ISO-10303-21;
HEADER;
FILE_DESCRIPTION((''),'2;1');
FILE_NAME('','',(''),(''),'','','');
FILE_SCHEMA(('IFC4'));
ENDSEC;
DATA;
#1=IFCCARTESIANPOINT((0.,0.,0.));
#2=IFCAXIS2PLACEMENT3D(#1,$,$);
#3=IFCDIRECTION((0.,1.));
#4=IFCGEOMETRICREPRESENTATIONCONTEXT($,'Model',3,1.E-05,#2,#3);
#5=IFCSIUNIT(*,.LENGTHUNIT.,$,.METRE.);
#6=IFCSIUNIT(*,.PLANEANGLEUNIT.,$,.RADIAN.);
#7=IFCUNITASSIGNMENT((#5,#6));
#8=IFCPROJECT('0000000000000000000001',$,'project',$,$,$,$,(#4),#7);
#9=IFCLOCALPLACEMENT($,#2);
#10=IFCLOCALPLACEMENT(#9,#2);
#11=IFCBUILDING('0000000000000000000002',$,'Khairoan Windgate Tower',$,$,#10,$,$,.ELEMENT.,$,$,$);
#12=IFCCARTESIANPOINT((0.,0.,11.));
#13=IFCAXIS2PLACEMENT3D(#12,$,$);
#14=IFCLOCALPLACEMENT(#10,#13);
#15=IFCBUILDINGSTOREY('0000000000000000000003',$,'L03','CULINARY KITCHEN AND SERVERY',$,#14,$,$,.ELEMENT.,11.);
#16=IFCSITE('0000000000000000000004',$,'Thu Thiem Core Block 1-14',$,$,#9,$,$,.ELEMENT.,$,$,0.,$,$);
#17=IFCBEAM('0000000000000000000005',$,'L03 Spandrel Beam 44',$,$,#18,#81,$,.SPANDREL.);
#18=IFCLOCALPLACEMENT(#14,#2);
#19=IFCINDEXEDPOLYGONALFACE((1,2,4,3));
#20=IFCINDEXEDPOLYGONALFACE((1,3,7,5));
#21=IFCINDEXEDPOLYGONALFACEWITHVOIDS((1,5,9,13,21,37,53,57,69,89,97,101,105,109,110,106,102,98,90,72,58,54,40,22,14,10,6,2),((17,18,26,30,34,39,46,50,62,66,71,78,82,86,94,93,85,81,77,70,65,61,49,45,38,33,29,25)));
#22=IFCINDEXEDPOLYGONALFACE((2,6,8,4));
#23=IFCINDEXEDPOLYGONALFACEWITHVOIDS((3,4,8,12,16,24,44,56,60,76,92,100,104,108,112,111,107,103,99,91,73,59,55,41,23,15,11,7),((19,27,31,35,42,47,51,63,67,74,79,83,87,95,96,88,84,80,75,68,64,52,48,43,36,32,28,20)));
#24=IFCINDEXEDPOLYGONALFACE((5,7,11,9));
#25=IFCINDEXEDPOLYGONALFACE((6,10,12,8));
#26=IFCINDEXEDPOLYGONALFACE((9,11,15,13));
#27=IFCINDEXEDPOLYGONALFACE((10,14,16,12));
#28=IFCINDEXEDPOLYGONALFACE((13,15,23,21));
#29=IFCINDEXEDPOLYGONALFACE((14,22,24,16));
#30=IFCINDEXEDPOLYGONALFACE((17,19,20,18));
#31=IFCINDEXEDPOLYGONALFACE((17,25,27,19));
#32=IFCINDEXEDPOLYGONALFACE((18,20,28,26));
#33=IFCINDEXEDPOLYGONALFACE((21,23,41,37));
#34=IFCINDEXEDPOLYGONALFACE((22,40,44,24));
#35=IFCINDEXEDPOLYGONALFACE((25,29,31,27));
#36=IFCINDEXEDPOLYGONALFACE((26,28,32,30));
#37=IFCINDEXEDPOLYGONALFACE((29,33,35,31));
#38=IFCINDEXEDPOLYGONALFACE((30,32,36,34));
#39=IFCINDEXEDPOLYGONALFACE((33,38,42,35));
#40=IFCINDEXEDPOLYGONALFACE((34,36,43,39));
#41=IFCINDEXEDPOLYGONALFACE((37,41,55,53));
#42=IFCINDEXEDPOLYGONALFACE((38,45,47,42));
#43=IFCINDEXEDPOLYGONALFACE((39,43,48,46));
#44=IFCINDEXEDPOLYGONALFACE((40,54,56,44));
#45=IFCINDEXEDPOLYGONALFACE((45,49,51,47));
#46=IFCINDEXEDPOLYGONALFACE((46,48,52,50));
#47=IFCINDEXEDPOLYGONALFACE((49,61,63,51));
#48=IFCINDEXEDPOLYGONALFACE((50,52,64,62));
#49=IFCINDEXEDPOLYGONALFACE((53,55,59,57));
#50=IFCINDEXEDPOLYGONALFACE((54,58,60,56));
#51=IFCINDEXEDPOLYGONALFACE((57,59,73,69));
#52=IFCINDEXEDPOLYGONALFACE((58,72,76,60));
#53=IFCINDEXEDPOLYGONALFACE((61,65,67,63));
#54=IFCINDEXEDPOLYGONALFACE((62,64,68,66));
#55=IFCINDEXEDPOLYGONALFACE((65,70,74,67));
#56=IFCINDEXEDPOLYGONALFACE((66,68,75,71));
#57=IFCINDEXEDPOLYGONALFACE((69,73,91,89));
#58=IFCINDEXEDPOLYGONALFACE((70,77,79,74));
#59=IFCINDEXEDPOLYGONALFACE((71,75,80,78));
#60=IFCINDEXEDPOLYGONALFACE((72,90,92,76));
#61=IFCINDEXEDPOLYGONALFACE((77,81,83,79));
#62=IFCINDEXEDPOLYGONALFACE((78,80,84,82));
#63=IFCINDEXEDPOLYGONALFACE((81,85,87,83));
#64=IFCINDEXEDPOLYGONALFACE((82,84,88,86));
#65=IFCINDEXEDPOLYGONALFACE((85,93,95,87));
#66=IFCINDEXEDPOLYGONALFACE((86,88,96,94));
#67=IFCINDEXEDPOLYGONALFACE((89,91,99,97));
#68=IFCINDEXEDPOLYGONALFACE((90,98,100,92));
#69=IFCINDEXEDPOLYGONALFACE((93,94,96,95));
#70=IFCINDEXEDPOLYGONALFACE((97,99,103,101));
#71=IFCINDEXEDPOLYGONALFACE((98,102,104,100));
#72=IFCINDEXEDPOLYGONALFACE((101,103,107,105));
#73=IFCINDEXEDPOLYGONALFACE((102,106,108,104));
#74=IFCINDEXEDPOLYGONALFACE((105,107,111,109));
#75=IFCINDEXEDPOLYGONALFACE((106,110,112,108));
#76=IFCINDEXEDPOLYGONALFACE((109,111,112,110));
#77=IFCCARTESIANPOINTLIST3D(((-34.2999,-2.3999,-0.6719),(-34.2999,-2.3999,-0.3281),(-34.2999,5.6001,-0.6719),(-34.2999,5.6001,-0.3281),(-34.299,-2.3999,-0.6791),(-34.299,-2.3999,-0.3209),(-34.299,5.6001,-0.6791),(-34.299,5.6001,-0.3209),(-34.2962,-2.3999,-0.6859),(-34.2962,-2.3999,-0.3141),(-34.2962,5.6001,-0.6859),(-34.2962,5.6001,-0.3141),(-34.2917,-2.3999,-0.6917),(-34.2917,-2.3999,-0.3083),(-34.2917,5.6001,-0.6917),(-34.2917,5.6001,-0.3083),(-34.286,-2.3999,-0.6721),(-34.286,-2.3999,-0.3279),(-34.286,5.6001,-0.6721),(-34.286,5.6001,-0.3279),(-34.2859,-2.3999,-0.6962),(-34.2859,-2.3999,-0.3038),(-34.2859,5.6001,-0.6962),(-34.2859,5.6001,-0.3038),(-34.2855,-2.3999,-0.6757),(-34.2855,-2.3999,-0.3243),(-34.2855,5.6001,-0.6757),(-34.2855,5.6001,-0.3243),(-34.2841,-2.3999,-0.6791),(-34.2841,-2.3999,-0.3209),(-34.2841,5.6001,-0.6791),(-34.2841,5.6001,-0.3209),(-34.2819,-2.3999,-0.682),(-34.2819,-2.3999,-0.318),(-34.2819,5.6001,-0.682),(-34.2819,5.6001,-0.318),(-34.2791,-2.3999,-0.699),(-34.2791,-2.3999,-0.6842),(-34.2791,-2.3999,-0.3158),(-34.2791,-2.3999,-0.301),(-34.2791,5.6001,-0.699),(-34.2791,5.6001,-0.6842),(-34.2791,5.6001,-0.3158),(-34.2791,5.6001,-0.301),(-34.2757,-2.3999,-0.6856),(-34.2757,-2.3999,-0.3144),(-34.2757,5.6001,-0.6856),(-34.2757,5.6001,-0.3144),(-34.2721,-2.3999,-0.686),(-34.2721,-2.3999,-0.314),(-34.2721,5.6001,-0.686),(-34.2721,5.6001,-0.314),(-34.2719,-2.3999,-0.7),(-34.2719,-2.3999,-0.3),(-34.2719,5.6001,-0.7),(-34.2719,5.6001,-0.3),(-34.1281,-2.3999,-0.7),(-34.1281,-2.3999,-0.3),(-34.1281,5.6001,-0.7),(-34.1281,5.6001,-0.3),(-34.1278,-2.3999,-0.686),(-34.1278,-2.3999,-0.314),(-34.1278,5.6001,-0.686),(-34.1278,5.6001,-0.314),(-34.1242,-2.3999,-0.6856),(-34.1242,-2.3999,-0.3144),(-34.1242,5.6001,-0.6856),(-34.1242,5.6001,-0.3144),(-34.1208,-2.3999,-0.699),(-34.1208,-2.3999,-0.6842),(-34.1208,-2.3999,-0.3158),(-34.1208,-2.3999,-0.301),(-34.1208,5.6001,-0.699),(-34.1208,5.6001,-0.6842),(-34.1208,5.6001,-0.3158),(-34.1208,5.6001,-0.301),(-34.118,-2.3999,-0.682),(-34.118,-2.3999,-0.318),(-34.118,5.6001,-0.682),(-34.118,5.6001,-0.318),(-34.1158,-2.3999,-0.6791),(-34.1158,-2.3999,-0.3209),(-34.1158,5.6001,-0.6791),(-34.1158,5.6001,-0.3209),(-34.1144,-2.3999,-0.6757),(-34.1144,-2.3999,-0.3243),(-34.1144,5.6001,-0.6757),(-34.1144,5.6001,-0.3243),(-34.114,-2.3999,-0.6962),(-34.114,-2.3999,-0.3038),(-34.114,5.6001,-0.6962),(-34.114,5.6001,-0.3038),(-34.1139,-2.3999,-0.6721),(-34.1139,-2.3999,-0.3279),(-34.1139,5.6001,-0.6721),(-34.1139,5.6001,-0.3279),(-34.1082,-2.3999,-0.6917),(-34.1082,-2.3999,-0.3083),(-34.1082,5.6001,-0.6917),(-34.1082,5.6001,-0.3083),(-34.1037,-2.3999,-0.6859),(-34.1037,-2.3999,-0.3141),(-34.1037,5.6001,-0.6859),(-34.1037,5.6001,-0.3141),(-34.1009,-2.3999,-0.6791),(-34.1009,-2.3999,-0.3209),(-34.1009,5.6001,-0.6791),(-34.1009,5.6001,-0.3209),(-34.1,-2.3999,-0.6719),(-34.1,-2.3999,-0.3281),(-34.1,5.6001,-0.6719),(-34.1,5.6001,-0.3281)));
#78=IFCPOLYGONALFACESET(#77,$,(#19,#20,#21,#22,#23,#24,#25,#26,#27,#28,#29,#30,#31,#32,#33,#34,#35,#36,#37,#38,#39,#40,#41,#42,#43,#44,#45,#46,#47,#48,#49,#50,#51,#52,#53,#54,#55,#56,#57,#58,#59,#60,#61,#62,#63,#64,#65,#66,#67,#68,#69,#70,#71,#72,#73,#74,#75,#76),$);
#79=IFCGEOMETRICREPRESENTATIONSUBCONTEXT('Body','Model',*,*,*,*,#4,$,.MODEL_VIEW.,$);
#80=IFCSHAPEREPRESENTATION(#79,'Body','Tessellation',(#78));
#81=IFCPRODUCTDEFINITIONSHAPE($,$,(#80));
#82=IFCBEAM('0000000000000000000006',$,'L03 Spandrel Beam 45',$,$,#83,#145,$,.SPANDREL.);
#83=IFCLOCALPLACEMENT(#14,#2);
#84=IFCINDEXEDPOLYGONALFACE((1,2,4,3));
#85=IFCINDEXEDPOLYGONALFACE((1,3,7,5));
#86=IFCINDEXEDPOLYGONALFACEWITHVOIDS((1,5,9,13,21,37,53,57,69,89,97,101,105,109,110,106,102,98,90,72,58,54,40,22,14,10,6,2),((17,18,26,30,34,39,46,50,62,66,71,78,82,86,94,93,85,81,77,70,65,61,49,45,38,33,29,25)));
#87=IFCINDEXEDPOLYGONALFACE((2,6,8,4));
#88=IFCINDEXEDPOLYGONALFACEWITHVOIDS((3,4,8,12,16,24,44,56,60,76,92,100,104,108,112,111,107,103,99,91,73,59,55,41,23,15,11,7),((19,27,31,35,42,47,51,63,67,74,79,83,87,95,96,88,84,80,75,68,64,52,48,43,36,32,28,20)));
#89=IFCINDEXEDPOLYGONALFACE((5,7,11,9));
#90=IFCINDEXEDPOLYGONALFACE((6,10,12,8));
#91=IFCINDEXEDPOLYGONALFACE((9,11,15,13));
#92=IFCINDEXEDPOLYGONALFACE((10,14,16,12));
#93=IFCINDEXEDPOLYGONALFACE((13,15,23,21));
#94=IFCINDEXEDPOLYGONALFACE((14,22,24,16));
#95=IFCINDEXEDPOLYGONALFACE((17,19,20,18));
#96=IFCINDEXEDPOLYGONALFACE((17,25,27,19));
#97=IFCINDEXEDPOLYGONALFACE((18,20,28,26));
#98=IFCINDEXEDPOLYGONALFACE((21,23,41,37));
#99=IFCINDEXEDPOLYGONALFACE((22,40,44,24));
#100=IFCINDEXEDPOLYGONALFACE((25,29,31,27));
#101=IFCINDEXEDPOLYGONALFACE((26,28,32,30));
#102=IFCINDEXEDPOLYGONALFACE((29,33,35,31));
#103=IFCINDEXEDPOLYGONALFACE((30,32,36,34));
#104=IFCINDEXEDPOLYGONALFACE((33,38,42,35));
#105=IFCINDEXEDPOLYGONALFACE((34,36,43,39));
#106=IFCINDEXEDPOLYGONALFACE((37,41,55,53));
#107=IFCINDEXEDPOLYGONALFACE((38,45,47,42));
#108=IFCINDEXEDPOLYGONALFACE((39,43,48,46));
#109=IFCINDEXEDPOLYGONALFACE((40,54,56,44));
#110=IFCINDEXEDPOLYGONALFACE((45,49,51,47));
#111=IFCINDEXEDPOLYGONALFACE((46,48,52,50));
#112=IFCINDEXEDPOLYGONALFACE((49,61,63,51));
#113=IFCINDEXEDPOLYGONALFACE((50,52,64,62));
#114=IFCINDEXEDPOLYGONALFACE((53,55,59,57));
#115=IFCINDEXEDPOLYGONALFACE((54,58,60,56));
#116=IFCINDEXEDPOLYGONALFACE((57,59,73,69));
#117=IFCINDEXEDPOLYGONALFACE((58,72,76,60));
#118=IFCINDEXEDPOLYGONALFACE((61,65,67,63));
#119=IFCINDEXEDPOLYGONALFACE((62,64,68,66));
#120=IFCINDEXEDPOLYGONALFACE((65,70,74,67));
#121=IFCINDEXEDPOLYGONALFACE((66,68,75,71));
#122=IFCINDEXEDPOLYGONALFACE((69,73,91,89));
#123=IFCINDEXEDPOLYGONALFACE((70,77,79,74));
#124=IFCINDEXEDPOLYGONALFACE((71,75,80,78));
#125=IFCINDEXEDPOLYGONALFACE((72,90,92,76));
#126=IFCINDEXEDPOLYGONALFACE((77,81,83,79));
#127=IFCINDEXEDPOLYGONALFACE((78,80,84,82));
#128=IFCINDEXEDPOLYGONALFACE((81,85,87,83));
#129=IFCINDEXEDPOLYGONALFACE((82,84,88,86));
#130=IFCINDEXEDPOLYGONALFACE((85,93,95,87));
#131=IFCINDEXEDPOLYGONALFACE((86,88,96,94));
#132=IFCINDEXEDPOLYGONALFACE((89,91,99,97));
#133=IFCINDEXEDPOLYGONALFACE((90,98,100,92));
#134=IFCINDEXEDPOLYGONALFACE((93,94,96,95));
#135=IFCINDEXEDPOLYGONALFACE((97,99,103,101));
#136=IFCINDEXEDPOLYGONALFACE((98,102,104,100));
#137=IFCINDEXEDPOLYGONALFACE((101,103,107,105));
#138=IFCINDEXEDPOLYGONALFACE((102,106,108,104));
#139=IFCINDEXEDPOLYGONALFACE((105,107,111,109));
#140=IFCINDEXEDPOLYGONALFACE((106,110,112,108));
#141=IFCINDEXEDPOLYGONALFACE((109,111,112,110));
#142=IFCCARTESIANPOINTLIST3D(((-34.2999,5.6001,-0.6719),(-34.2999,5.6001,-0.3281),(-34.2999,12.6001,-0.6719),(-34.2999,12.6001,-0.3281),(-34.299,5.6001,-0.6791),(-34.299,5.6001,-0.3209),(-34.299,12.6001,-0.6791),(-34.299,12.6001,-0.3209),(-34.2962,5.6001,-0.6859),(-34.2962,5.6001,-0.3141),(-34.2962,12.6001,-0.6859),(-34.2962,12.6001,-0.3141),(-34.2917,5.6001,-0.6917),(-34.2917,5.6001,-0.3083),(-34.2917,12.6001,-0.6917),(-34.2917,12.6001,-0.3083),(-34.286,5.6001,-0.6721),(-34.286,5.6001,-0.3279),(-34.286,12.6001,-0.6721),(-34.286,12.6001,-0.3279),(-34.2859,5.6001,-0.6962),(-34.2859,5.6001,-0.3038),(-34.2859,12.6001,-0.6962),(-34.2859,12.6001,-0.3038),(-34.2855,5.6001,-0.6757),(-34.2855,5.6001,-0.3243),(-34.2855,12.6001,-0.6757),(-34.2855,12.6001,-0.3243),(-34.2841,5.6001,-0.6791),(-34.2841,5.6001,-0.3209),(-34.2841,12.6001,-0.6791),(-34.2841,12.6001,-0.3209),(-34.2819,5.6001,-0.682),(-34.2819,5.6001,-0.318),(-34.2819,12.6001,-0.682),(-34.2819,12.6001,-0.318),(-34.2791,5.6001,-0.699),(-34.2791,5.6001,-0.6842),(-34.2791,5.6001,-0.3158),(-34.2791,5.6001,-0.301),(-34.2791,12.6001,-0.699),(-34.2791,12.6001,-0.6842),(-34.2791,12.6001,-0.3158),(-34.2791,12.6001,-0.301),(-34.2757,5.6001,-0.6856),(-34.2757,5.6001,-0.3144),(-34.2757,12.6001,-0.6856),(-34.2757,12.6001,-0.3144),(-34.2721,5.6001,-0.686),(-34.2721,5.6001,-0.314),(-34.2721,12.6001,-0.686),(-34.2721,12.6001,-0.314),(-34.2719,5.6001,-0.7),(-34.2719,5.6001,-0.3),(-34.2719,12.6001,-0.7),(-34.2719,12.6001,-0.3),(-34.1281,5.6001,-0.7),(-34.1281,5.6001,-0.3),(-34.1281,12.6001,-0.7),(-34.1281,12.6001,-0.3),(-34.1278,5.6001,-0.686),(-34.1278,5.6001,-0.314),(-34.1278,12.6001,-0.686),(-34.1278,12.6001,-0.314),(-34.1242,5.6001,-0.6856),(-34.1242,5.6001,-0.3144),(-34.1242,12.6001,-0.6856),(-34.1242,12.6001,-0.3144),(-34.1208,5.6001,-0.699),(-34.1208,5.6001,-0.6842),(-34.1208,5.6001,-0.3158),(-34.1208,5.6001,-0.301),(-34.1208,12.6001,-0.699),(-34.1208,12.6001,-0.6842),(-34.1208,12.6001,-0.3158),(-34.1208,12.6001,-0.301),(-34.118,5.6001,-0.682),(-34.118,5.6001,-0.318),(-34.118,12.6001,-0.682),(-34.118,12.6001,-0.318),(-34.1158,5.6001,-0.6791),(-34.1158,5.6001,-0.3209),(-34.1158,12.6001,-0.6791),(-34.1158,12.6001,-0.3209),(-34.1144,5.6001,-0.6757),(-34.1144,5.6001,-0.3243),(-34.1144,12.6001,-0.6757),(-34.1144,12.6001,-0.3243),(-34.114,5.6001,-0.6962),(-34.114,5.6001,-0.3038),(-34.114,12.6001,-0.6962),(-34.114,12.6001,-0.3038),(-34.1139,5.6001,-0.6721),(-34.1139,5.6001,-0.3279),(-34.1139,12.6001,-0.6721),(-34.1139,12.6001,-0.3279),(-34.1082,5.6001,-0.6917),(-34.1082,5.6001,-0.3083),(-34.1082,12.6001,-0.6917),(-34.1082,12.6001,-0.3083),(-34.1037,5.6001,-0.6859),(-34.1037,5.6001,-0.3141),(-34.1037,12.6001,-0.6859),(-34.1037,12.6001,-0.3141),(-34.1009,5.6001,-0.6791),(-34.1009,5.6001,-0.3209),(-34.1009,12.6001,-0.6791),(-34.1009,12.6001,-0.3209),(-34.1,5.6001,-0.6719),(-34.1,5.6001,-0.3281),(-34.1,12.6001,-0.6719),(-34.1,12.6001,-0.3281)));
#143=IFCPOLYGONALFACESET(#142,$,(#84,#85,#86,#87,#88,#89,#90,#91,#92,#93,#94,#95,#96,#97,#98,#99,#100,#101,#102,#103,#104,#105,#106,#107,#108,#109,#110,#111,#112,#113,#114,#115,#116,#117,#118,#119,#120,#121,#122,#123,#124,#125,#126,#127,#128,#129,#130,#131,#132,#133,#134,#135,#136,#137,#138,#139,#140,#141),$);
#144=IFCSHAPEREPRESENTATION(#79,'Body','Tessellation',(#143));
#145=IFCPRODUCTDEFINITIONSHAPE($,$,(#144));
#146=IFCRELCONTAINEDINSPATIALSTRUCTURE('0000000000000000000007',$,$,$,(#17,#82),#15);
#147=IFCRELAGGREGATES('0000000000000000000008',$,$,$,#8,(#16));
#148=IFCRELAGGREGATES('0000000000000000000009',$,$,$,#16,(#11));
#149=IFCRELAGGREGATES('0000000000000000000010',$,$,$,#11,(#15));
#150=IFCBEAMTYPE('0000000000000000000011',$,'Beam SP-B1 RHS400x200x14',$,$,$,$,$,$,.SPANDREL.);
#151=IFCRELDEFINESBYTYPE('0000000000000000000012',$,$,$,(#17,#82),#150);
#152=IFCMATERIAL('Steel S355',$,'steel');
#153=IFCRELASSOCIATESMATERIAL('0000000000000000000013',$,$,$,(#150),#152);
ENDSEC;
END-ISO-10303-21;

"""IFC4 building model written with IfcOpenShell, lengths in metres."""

from ifc_helpers import new_model, si_unit, direction, frame, origin, origin_2d, place, context, subcontext, project, spatial, hollow_rectangle, extrude, material, material_profile, profile_set, type_object, element, save


model = new_model("IFC4")

# Units and contexts
model_context = context("Model", 3, precision=1e-05, world=origin(), true_north=direction((0.0, 1.0)))
body_context = subcontext(model_context, "Body", "Model", "MODEL_VIEW")
ifc_project = project(units=[si_unit("LENGTHUNIT", "METRE"), si_unit("PLANEANGLEUNIT", "RADIAN")], contexts=[model_context])

# Site, building, storey
site_placement = place(None, origin())
site = spatial("IfcSite", under=ifc_project, at=site_placement, Name="Thu Thiem Core Block 1-14", CompositionType="ELEMENT", RefElevation=0.0)
building_placement = place(site_placement, origin())
building = spatial("IfcBuilding", under=site, at=building_placement, Name="Khairoan Windgate Tower", CompositionType="ELEMENT")
storey_placement = place(building_placement, frame((0.0, 0.0, 11.0)))
storey = spatial("IfcBuildingStorey", under=building, at=storey_placement, Name="L03", Description="CULINARY KITCHEN AND SERVERY", CompositionType="ELEMENT", Elevation=11.0)

# Beams
ifc_material_1 = material(Name="Steel S355", Category="steel")
ifc_material_profile_1 = material_profile(ifc_material_1, hollow_rectangle(XDim=0.2, YDim=0.3999, WallThickness=0.0139, InnerFilletRadius=0.0139, OuterFilletRadius=0.0281, at=origin_2d()))
ifc_profile_set_1 = profile_set([ifc_material_profile_1], Name="Steel S355")
beam_type_1 = type_object("IfcBeamType", Name="Beam SP-B1 RHS400x200x14", PredefinedType="SPANDREL", material=ifc_profile_set_1)
beam_1_placement = place(storey_placement, frame((-34.2, -2.3999, -0.5), z_axis=(0.0, 1.0, 0.0), x_axis=(-1.0, 0.0, 0.0)))
element("IfcBeam", 1, at=beam_1_placement, inside=storey, type_object=beam_type_1, Name="L03 Spandrel Beam 44", PredefinedType="SPANDREL", context=body_context, shape_type="SweptSolid", body=[
    extrude(hollow_rectangle(XDim=0.2, YDim=0.3999, WallThickness=0.0139, InnerFilletRadius=0.0139, OuterFilletRadius=0.0281, at=origin_2d()), origin(), (0.0, 0.0, 1.0), 8.0),
])
beam_2_placement = place(storey_placement, frame((-34.2, 5.6001, -0.5), z_axis=(0.0, 1.0, 0.0), x_axis=(-1.0, 0.0, 0.0)))
element("IfcBeam", 2, at=beam_2_placement, inside=storey, type_object=beam_type_1, Name="L03 Spandrel Beam 45", PredefinedType="SPANDREL", context=body_context, shape_type="SweptSolid", body=[
    extrude(hollow_rectangle(XDim=0.2, YDim=0.3999, WallThickness=0.0139, InnerFilletRadius=0.0139, OuterFilletRadius=0.0281, at=origin_2d()), origin(), (0.0, 0.0, 1.0), 7.0),
])

save(model, "model.ifc")
